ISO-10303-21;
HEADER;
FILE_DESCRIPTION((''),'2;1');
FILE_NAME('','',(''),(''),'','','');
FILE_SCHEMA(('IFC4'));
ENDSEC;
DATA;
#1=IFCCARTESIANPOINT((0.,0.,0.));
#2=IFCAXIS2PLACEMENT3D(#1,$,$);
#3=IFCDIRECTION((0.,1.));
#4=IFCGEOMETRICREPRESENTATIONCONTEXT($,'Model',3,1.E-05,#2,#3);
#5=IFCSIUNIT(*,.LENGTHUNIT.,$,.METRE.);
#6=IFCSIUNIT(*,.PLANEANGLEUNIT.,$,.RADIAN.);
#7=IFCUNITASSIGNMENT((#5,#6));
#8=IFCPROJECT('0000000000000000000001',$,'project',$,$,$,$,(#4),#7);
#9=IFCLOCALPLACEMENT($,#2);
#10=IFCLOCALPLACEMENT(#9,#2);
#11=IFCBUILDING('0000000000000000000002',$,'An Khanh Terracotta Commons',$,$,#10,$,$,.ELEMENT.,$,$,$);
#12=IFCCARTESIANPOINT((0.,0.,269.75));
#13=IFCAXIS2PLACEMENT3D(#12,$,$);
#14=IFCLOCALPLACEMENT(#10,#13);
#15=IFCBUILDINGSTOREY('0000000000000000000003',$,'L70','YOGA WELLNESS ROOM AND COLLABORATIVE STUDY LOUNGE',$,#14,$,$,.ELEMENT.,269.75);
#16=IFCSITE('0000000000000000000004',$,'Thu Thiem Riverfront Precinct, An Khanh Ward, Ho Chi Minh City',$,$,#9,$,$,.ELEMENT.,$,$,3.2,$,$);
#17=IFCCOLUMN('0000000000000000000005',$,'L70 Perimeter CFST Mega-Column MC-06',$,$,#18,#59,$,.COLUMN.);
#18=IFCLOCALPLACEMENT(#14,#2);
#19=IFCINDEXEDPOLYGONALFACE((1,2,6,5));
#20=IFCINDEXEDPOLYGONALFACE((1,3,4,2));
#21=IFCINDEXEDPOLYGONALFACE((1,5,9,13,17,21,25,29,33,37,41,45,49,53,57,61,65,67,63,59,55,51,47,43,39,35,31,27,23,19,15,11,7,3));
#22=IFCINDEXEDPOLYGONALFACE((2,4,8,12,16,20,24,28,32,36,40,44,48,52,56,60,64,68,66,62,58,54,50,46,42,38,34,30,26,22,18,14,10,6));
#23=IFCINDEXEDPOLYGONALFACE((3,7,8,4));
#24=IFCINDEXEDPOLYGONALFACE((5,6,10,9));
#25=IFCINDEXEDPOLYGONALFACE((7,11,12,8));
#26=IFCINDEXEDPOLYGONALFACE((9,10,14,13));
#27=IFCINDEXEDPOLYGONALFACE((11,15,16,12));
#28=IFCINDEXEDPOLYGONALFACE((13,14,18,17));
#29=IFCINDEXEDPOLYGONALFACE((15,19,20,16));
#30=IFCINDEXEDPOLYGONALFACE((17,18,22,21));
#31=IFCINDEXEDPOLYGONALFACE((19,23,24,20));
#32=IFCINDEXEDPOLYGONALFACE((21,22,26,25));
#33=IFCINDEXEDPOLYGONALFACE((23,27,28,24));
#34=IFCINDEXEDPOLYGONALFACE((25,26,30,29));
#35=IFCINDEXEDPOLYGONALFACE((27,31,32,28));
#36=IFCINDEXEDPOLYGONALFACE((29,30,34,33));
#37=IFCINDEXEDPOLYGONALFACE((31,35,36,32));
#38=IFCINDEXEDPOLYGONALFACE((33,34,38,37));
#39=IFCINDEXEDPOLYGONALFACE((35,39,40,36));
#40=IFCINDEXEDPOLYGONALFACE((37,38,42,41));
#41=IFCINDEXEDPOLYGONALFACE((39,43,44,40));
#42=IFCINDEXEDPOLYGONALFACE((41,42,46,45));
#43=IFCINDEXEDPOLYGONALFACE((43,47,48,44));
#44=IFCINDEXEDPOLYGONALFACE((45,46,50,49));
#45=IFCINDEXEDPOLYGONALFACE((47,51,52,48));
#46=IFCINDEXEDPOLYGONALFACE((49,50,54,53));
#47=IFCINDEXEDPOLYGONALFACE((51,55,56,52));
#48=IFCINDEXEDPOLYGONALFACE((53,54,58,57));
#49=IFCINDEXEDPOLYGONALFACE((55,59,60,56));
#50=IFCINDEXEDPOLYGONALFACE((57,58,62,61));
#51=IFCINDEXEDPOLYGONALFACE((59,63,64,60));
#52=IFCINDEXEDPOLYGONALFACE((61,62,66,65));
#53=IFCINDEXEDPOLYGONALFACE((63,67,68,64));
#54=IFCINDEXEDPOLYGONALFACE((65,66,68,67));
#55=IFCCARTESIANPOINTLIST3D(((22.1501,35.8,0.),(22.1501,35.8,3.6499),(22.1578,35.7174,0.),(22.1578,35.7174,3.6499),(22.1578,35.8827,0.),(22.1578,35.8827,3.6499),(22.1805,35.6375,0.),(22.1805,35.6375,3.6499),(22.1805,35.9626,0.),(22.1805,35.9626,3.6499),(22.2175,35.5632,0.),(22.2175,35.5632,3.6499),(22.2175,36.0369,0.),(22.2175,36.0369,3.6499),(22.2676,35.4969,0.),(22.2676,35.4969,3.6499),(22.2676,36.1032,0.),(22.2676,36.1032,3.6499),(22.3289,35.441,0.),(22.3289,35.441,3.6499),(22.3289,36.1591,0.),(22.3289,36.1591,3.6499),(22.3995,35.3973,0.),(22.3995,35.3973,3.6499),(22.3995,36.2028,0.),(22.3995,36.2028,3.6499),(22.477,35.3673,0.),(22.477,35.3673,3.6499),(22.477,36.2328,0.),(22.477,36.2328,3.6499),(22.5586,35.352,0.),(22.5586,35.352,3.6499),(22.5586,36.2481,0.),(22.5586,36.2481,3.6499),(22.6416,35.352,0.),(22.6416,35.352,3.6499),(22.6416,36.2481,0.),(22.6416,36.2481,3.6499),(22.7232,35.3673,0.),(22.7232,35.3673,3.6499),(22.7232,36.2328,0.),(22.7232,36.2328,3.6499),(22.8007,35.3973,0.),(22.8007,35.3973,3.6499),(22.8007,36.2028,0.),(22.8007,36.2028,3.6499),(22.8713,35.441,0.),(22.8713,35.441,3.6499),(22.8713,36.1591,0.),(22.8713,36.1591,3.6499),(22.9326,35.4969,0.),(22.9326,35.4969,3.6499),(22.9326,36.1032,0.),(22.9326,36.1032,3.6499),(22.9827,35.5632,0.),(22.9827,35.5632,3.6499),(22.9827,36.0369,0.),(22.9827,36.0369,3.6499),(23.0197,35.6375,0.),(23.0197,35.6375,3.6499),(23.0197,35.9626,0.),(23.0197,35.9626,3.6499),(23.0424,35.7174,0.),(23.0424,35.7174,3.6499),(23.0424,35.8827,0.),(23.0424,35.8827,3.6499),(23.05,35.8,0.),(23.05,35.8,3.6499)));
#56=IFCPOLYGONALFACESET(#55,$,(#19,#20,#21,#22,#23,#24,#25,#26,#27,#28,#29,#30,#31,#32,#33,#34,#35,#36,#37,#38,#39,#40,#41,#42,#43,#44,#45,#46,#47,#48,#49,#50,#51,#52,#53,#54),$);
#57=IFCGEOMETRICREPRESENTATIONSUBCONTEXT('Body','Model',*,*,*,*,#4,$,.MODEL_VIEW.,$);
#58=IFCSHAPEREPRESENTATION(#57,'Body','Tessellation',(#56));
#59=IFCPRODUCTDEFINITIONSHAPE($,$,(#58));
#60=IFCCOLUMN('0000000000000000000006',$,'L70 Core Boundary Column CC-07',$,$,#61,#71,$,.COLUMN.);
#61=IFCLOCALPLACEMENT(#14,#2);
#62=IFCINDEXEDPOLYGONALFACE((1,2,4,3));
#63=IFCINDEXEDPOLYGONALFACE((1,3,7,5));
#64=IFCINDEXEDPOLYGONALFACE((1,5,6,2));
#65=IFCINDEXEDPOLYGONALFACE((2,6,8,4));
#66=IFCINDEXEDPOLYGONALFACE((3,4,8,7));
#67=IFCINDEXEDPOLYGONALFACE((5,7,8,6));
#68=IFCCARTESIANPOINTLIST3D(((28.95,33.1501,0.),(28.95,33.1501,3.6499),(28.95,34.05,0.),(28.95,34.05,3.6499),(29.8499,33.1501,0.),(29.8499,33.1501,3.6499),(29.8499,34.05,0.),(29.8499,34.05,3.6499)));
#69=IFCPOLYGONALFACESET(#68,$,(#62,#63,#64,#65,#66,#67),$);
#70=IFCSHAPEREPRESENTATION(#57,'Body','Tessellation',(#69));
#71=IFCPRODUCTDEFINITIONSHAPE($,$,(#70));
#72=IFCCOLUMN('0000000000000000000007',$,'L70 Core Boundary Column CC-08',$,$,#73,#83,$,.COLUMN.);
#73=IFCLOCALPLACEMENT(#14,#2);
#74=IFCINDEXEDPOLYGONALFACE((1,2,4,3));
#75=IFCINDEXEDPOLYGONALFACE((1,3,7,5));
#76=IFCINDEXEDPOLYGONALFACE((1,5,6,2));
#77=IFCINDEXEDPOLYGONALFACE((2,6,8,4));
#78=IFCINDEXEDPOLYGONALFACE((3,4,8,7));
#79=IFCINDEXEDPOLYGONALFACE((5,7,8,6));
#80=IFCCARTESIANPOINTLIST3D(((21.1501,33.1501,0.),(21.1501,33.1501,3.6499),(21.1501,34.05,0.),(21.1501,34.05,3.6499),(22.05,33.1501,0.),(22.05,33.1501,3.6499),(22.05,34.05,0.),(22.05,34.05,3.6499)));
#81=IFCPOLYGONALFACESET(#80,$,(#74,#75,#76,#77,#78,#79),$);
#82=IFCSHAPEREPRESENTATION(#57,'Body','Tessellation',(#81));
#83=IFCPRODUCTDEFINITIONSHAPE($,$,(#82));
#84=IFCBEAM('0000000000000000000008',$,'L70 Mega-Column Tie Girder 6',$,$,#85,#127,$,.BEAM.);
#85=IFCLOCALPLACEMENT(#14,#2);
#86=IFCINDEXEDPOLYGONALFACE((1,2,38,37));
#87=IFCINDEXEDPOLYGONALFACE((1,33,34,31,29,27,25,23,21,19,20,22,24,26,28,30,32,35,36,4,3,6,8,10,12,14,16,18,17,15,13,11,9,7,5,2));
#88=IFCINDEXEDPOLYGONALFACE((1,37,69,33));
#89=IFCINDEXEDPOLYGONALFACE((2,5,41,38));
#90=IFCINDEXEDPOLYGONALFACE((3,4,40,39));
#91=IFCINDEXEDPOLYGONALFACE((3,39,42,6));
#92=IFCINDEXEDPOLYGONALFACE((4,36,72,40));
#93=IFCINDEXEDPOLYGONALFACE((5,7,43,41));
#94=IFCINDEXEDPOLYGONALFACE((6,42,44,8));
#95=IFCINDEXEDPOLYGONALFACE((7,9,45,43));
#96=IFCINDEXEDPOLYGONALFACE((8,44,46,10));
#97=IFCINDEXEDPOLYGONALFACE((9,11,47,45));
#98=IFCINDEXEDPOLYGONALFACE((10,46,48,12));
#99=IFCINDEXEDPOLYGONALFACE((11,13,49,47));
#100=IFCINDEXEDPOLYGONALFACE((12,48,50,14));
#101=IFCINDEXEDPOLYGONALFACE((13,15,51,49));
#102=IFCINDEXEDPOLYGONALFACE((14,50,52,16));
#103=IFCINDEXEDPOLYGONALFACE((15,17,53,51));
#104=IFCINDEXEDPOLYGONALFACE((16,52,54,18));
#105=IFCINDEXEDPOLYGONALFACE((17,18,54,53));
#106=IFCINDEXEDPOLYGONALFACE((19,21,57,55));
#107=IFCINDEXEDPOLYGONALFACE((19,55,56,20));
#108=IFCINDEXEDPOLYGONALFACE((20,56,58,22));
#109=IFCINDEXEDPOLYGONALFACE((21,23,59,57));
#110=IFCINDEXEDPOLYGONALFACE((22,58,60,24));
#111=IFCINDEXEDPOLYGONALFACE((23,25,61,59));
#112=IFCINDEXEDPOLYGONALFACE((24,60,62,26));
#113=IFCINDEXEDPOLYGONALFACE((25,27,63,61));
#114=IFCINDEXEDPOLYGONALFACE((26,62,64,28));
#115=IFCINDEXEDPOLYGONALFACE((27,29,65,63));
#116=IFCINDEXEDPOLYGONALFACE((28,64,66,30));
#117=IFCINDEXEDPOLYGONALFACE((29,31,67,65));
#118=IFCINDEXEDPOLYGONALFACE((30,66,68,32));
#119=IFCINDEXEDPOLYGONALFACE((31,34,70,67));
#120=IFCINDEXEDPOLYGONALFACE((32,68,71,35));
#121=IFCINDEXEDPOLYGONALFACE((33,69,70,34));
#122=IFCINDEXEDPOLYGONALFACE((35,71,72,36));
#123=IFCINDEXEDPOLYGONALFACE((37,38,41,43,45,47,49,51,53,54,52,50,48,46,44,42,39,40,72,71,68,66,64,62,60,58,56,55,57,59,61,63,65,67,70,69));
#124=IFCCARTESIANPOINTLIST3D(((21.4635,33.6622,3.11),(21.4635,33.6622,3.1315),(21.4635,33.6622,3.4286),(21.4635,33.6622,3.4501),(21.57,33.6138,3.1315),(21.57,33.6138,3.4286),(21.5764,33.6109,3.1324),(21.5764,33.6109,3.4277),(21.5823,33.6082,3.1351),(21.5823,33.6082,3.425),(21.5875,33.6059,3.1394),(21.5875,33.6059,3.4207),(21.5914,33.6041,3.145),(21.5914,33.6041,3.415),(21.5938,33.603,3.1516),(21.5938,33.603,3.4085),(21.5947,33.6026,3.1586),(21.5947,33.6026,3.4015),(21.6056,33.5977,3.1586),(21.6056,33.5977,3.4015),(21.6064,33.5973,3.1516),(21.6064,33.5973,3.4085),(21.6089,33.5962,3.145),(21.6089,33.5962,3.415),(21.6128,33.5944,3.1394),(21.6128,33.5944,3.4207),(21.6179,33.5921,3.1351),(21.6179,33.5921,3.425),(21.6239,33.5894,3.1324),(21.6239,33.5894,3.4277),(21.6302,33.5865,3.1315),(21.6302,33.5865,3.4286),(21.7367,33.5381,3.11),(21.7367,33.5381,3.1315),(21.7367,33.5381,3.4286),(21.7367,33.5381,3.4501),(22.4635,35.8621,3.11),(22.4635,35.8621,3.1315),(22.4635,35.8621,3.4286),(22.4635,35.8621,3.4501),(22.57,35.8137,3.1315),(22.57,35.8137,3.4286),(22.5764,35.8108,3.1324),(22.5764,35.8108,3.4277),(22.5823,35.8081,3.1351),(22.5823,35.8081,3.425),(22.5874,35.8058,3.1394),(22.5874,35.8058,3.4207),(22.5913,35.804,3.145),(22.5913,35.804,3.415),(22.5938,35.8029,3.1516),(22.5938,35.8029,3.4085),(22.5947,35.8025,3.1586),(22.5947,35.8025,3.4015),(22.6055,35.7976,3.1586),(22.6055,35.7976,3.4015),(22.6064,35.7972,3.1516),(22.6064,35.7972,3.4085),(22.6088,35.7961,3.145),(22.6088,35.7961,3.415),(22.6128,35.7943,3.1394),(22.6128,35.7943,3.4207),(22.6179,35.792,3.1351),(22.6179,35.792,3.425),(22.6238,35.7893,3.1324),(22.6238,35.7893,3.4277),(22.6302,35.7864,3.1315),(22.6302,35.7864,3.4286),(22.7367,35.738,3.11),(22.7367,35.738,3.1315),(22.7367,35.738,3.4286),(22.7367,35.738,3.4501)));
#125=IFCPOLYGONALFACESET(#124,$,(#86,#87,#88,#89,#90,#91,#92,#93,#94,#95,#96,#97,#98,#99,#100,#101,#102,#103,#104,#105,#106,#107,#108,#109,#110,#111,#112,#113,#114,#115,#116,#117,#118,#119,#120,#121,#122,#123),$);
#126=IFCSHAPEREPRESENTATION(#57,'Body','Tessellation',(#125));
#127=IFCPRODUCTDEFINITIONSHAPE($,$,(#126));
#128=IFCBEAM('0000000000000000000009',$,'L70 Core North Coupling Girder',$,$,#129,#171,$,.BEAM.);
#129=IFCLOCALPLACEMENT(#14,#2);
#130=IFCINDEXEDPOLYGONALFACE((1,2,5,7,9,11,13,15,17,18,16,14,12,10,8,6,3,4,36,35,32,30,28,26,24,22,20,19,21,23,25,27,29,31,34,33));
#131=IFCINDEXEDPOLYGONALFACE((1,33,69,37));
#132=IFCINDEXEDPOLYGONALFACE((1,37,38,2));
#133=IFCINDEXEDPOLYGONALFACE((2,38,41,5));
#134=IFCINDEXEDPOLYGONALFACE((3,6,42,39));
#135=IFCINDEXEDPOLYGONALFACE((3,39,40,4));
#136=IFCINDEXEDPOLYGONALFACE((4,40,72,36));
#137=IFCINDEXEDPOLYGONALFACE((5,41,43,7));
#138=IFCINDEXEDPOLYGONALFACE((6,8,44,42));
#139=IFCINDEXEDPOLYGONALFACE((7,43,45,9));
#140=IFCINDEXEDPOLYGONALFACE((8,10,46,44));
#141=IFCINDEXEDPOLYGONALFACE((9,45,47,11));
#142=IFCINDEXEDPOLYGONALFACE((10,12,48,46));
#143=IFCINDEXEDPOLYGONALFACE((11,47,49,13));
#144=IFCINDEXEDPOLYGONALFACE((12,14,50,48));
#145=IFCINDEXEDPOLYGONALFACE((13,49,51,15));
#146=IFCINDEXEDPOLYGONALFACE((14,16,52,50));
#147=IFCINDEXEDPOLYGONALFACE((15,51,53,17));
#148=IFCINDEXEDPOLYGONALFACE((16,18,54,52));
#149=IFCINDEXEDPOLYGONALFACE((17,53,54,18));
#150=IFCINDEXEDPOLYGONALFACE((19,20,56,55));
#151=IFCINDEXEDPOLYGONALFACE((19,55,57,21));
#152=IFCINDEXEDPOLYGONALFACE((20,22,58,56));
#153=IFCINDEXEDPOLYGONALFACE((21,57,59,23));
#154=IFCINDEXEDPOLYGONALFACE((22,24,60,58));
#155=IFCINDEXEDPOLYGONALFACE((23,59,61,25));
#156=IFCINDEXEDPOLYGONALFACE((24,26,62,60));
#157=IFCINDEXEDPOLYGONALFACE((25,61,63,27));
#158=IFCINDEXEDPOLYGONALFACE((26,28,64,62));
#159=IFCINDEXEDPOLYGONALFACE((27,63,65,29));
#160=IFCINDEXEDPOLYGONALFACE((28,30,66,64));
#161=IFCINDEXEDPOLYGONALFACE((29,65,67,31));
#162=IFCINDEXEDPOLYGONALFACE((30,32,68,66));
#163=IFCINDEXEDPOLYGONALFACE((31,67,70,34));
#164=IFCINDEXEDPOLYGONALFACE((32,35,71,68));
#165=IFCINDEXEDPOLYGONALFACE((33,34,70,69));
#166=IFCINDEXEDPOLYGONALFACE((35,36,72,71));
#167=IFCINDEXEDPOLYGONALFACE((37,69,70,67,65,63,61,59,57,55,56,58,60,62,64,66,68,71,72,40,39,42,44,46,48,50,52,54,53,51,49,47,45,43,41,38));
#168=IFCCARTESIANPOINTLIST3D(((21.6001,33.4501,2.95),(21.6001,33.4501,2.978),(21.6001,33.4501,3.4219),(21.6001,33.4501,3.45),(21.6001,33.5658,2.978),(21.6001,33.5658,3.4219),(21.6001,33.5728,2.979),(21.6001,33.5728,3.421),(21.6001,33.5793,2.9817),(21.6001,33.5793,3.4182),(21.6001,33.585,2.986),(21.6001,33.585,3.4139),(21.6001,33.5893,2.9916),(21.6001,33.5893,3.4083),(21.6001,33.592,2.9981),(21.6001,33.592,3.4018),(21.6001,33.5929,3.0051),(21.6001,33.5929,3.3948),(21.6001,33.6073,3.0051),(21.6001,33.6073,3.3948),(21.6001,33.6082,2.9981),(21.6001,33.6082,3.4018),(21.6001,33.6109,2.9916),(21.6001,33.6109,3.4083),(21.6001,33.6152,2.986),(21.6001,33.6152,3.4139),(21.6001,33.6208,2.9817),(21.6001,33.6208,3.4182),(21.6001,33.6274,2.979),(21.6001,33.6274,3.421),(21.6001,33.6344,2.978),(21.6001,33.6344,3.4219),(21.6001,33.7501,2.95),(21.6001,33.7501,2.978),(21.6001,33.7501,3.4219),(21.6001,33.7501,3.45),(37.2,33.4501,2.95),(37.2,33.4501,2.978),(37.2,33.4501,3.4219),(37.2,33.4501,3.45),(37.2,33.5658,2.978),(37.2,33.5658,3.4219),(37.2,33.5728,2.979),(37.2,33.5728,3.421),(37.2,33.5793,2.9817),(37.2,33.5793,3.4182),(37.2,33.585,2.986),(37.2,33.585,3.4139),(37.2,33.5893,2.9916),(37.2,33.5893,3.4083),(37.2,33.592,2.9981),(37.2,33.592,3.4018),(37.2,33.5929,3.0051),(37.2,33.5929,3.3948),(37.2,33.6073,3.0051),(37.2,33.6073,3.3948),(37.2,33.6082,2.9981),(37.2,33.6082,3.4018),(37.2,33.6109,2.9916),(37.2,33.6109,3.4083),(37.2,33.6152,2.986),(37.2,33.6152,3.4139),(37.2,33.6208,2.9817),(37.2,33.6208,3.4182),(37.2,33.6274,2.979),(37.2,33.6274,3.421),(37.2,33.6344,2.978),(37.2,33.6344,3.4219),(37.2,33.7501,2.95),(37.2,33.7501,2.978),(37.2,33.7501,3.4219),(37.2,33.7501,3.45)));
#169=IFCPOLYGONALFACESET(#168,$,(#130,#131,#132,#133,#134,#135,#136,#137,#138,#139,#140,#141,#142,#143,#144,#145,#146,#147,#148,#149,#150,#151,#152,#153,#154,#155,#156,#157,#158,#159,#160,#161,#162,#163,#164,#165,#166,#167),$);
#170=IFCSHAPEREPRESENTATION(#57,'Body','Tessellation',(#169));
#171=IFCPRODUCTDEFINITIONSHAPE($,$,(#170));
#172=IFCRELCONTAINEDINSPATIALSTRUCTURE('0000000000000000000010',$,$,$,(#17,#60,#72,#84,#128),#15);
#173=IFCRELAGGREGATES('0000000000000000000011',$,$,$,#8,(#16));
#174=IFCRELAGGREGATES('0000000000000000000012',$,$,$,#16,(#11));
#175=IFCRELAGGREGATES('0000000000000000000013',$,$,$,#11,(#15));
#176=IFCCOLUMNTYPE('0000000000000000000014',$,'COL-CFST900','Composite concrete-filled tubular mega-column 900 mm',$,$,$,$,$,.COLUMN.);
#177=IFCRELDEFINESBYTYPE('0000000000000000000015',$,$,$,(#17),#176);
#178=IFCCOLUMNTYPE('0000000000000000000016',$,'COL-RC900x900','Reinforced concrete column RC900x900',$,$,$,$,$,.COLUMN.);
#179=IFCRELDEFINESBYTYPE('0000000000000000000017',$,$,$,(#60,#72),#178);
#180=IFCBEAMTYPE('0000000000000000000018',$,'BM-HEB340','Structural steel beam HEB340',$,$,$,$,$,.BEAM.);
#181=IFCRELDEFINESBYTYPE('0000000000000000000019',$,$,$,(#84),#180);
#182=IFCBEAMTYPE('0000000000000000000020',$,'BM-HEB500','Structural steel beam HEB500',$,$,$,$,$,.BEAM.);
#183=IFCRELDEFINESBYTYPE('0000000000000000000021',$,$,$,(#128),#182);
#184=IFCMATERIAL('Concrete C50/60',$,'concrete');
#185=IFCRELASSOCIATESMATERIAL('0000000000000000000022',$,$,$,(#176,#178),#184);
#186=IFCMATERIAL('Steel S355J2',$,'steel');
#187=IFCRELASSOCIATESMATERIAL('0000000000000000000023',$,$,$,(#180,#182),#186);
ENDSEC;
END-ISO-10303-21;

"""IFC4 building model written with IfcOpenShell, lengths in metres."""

from ifc_helpers import new_model, si_unit, direction, frame, origin, origin_2d, place, context, subcontext, project, spatial, rectangle, circle, i_section, extrude, material, material_profile, profile_set, type_object, element, save


model = new_model("IFC4")

# Units and contexts
model_context = context("Model", 3, precision=1e-05, world=origin(), true_north=direction((0.0, 1.0)))
body_context = subcontext(model_context, "Body", "Model", "MODEL_VIEW")
ifc_project = project(units=[si_unit("LENGTHUNIT", "METRE"), si_unit("PLANEANGLEUNIT", "RADIAN")], contexts=[model_context])

# Site, building, storey
site_placement = place(None, origin())
site = spatial("IfcSite", under=ifc_project, at=site_placement, Name="Thu Thiem Riverfront Precinct, An Khanh Ward, Ho Chi Minh City", CompositionType="ELEMENT", RefElevation=3.2)
building_placement = place(site_placement, origin())
building = spatial("IfcBuilding", under=site, at=building_placement, Name="An Khanh Terracotta Commons", CompositionType="ELEMENT")
storey_placement = place(building_placement, frame((0.0, 0.0, 269.75)))
storey = spatial("IfcBuildingStorey", under=building, at=storey_placement, Name="L70", Description="YOGA WELLNESS ROOM AND COLLABORATIVE STUDY LOUNGE", CompositionType="ELEMENT", Elevation=269.75)

# Columns
ifc_material_1 = material(Name="Concrete C50/60", Category="concrete")
ifc_material_profile_1 = material_profile(ifc_material_1, circle(Radius=0.45, at=origin_2d()), Name="CFST900")
ifc_profile_set_1 = profile_set([ifc_material_profile_1], Name="Concrete C50/60")
column_type_1 = type_object("IfcColumnType", Name="COL-CFST900", Description="Composite concrete-filled tubular mega-column 900 mm", PredefinedType="COLUMN", material=ifc_profile_set_1)
column_placement = place(storey_placement, frame((22.6001, 35.8, 0.0), z_axis=(0.0, 0.0, 1.0), x_axis=(1.0, 0.0, 0.0)))
element("IfcColumn", 1, at=column_placement, inside=storey, type_object=column_type_1, Name="L70 Perimeter CFST Mega-Column MC-06", PredefinedType="COLUMN", context=body_context, shape_type="SweptSolid", body=[
    extrude(circle(Radius=0.45, at=origin_2d()), origin(), (0.0, 0.0, 1.0), 3.6499),
])
ifc_material_profile_2 = material_profile(ifc_material_1, rectangle(XDim=0.8999, YDim=0.8999, at=origin_2d()), Name="RC900x900")
ifc_profile_set_2 = profile_set([ifc_material_profile_2], Name="Concrete C50/60")
column_type_2 = type_object("IfcColumnType", Name="COL-RC900x900", Description="Reinforced concrete column RC900x900", PredefinedType="COLUMN", material=ifc_profile_set_2)
for number, where, z_axis, x_axis, name in (
    (2, (29.3999, 33.6001, 0.0), (0.0, 0.0, 1.0), (1.0, 0.0, 0.0), "L70 Core Boundary Column CC-07"),
    (3, (21.6001, 33.6001, 0.0), (0.0, 0.0, 1.0), (1.0, 0.0, 0.0), "L70 Core Boundary Column CC-08"),
):
    element("IfcColumn", number, at=place(storey_placement, frame(where, z_axis=z_axis, x_axis=x_axis)), inside=storey, type_object=column_type_2, Name=name, PredefinedType="COLUMN", context=body_context, shape_type="SweptSolid", body=[
        extrude(rectangle(XDim=0.8999, YDim=0.8999, at=origin_2d()), origin(), (0.0, 0.0, 1.0), 3.6499),
    ])

# Beams
ifc_material_2 = material(Name="Steel S355J2", Category="steel")
ifc_material_profile_3 = material_profile(ifc_material_2, i_section(OverallWidth=0.3, OverallDepth=0.3401, WebThickness=0.012, FlangeThickness=0.0215, FilletRadius=0.0271, at=origin_2d()), Name="HEB340")
ifc_profile_set_3 = profile_set([ifc_material_profile_3], Name="Steel S355J2")
beam_type_1 = type_object("IfcBeamType", Name="BM-HEB340", Description="Structural steel beam HEB340", PredefinedType="BEAM", material=ifc_profile_set_3)
beam_1_placement = place(storey_placement, frame((22.6001, 35.8, 3.28), z_axis=(-0.413811, -0.910363, 0.0), x_axis=(0.910363, -0.413811, 0.0)))
element("IfcBeam", 4, at=beam_1_placement, inside=storey, type_object=beam_type_1, Name="L70 Mega-Column Tie Girder 6", PredefinedType="BEAM", context=body_context, shape_type="SweptSolid", body=[
    extrude(i_section(OverallWidth=0.3, OverallDepth=0.3401, WebThickness=0.012, FlangeThickness=0.0215, FilletRadius=0.0271, at=origin_2d()), origin(), (0.0, 0.0, 1.0), 2.4165),
])
ifc_material_profile_4 = material_profile(ifc_material_2, i_section(OverallWidth=0.3, OverallDepth=0.5, WebThickness=0.0144, FlangeThickness=0.0281, FilletRadius=0.0271, at=origin_2d()), Name="HEB500")
ifc_profile_set_4 = profile_set([ifc_material_profile_4], Name="Steel S355J2")
beam_type_2 = type_object("IfcBeamType", Name="BM-HEB500", Description="Structural steel beam HEB500", PredefinedType="BEAM", material=ifc_profile_set_4)
beam_2_placement = place(storey_placement, frame((21.6001, 33.6001, 3.2), z_axis=(1.0, 0.0, 0.0), x_axis=(0.0, 1.0, 0.0)))
element("IfcBeam", 5, at=beam_2_placement, inside=storey, type_object=beam_type_2, Name="L70 Core North Coupling Girder", PredefinedType="BEAM", context=body_context, shape_type="SweptSolid", body=[
    extrude(i_section(OverallWidth=0.3, OverallDepth=0.5, WebThickness=0.0144, FlangeThickness=0.0281, FilletRadius=0.0271, at=origin_2d()), origin(), (0.0, 0.0, 1.0), 15.5999),
])

save(model, "model.ifc")
